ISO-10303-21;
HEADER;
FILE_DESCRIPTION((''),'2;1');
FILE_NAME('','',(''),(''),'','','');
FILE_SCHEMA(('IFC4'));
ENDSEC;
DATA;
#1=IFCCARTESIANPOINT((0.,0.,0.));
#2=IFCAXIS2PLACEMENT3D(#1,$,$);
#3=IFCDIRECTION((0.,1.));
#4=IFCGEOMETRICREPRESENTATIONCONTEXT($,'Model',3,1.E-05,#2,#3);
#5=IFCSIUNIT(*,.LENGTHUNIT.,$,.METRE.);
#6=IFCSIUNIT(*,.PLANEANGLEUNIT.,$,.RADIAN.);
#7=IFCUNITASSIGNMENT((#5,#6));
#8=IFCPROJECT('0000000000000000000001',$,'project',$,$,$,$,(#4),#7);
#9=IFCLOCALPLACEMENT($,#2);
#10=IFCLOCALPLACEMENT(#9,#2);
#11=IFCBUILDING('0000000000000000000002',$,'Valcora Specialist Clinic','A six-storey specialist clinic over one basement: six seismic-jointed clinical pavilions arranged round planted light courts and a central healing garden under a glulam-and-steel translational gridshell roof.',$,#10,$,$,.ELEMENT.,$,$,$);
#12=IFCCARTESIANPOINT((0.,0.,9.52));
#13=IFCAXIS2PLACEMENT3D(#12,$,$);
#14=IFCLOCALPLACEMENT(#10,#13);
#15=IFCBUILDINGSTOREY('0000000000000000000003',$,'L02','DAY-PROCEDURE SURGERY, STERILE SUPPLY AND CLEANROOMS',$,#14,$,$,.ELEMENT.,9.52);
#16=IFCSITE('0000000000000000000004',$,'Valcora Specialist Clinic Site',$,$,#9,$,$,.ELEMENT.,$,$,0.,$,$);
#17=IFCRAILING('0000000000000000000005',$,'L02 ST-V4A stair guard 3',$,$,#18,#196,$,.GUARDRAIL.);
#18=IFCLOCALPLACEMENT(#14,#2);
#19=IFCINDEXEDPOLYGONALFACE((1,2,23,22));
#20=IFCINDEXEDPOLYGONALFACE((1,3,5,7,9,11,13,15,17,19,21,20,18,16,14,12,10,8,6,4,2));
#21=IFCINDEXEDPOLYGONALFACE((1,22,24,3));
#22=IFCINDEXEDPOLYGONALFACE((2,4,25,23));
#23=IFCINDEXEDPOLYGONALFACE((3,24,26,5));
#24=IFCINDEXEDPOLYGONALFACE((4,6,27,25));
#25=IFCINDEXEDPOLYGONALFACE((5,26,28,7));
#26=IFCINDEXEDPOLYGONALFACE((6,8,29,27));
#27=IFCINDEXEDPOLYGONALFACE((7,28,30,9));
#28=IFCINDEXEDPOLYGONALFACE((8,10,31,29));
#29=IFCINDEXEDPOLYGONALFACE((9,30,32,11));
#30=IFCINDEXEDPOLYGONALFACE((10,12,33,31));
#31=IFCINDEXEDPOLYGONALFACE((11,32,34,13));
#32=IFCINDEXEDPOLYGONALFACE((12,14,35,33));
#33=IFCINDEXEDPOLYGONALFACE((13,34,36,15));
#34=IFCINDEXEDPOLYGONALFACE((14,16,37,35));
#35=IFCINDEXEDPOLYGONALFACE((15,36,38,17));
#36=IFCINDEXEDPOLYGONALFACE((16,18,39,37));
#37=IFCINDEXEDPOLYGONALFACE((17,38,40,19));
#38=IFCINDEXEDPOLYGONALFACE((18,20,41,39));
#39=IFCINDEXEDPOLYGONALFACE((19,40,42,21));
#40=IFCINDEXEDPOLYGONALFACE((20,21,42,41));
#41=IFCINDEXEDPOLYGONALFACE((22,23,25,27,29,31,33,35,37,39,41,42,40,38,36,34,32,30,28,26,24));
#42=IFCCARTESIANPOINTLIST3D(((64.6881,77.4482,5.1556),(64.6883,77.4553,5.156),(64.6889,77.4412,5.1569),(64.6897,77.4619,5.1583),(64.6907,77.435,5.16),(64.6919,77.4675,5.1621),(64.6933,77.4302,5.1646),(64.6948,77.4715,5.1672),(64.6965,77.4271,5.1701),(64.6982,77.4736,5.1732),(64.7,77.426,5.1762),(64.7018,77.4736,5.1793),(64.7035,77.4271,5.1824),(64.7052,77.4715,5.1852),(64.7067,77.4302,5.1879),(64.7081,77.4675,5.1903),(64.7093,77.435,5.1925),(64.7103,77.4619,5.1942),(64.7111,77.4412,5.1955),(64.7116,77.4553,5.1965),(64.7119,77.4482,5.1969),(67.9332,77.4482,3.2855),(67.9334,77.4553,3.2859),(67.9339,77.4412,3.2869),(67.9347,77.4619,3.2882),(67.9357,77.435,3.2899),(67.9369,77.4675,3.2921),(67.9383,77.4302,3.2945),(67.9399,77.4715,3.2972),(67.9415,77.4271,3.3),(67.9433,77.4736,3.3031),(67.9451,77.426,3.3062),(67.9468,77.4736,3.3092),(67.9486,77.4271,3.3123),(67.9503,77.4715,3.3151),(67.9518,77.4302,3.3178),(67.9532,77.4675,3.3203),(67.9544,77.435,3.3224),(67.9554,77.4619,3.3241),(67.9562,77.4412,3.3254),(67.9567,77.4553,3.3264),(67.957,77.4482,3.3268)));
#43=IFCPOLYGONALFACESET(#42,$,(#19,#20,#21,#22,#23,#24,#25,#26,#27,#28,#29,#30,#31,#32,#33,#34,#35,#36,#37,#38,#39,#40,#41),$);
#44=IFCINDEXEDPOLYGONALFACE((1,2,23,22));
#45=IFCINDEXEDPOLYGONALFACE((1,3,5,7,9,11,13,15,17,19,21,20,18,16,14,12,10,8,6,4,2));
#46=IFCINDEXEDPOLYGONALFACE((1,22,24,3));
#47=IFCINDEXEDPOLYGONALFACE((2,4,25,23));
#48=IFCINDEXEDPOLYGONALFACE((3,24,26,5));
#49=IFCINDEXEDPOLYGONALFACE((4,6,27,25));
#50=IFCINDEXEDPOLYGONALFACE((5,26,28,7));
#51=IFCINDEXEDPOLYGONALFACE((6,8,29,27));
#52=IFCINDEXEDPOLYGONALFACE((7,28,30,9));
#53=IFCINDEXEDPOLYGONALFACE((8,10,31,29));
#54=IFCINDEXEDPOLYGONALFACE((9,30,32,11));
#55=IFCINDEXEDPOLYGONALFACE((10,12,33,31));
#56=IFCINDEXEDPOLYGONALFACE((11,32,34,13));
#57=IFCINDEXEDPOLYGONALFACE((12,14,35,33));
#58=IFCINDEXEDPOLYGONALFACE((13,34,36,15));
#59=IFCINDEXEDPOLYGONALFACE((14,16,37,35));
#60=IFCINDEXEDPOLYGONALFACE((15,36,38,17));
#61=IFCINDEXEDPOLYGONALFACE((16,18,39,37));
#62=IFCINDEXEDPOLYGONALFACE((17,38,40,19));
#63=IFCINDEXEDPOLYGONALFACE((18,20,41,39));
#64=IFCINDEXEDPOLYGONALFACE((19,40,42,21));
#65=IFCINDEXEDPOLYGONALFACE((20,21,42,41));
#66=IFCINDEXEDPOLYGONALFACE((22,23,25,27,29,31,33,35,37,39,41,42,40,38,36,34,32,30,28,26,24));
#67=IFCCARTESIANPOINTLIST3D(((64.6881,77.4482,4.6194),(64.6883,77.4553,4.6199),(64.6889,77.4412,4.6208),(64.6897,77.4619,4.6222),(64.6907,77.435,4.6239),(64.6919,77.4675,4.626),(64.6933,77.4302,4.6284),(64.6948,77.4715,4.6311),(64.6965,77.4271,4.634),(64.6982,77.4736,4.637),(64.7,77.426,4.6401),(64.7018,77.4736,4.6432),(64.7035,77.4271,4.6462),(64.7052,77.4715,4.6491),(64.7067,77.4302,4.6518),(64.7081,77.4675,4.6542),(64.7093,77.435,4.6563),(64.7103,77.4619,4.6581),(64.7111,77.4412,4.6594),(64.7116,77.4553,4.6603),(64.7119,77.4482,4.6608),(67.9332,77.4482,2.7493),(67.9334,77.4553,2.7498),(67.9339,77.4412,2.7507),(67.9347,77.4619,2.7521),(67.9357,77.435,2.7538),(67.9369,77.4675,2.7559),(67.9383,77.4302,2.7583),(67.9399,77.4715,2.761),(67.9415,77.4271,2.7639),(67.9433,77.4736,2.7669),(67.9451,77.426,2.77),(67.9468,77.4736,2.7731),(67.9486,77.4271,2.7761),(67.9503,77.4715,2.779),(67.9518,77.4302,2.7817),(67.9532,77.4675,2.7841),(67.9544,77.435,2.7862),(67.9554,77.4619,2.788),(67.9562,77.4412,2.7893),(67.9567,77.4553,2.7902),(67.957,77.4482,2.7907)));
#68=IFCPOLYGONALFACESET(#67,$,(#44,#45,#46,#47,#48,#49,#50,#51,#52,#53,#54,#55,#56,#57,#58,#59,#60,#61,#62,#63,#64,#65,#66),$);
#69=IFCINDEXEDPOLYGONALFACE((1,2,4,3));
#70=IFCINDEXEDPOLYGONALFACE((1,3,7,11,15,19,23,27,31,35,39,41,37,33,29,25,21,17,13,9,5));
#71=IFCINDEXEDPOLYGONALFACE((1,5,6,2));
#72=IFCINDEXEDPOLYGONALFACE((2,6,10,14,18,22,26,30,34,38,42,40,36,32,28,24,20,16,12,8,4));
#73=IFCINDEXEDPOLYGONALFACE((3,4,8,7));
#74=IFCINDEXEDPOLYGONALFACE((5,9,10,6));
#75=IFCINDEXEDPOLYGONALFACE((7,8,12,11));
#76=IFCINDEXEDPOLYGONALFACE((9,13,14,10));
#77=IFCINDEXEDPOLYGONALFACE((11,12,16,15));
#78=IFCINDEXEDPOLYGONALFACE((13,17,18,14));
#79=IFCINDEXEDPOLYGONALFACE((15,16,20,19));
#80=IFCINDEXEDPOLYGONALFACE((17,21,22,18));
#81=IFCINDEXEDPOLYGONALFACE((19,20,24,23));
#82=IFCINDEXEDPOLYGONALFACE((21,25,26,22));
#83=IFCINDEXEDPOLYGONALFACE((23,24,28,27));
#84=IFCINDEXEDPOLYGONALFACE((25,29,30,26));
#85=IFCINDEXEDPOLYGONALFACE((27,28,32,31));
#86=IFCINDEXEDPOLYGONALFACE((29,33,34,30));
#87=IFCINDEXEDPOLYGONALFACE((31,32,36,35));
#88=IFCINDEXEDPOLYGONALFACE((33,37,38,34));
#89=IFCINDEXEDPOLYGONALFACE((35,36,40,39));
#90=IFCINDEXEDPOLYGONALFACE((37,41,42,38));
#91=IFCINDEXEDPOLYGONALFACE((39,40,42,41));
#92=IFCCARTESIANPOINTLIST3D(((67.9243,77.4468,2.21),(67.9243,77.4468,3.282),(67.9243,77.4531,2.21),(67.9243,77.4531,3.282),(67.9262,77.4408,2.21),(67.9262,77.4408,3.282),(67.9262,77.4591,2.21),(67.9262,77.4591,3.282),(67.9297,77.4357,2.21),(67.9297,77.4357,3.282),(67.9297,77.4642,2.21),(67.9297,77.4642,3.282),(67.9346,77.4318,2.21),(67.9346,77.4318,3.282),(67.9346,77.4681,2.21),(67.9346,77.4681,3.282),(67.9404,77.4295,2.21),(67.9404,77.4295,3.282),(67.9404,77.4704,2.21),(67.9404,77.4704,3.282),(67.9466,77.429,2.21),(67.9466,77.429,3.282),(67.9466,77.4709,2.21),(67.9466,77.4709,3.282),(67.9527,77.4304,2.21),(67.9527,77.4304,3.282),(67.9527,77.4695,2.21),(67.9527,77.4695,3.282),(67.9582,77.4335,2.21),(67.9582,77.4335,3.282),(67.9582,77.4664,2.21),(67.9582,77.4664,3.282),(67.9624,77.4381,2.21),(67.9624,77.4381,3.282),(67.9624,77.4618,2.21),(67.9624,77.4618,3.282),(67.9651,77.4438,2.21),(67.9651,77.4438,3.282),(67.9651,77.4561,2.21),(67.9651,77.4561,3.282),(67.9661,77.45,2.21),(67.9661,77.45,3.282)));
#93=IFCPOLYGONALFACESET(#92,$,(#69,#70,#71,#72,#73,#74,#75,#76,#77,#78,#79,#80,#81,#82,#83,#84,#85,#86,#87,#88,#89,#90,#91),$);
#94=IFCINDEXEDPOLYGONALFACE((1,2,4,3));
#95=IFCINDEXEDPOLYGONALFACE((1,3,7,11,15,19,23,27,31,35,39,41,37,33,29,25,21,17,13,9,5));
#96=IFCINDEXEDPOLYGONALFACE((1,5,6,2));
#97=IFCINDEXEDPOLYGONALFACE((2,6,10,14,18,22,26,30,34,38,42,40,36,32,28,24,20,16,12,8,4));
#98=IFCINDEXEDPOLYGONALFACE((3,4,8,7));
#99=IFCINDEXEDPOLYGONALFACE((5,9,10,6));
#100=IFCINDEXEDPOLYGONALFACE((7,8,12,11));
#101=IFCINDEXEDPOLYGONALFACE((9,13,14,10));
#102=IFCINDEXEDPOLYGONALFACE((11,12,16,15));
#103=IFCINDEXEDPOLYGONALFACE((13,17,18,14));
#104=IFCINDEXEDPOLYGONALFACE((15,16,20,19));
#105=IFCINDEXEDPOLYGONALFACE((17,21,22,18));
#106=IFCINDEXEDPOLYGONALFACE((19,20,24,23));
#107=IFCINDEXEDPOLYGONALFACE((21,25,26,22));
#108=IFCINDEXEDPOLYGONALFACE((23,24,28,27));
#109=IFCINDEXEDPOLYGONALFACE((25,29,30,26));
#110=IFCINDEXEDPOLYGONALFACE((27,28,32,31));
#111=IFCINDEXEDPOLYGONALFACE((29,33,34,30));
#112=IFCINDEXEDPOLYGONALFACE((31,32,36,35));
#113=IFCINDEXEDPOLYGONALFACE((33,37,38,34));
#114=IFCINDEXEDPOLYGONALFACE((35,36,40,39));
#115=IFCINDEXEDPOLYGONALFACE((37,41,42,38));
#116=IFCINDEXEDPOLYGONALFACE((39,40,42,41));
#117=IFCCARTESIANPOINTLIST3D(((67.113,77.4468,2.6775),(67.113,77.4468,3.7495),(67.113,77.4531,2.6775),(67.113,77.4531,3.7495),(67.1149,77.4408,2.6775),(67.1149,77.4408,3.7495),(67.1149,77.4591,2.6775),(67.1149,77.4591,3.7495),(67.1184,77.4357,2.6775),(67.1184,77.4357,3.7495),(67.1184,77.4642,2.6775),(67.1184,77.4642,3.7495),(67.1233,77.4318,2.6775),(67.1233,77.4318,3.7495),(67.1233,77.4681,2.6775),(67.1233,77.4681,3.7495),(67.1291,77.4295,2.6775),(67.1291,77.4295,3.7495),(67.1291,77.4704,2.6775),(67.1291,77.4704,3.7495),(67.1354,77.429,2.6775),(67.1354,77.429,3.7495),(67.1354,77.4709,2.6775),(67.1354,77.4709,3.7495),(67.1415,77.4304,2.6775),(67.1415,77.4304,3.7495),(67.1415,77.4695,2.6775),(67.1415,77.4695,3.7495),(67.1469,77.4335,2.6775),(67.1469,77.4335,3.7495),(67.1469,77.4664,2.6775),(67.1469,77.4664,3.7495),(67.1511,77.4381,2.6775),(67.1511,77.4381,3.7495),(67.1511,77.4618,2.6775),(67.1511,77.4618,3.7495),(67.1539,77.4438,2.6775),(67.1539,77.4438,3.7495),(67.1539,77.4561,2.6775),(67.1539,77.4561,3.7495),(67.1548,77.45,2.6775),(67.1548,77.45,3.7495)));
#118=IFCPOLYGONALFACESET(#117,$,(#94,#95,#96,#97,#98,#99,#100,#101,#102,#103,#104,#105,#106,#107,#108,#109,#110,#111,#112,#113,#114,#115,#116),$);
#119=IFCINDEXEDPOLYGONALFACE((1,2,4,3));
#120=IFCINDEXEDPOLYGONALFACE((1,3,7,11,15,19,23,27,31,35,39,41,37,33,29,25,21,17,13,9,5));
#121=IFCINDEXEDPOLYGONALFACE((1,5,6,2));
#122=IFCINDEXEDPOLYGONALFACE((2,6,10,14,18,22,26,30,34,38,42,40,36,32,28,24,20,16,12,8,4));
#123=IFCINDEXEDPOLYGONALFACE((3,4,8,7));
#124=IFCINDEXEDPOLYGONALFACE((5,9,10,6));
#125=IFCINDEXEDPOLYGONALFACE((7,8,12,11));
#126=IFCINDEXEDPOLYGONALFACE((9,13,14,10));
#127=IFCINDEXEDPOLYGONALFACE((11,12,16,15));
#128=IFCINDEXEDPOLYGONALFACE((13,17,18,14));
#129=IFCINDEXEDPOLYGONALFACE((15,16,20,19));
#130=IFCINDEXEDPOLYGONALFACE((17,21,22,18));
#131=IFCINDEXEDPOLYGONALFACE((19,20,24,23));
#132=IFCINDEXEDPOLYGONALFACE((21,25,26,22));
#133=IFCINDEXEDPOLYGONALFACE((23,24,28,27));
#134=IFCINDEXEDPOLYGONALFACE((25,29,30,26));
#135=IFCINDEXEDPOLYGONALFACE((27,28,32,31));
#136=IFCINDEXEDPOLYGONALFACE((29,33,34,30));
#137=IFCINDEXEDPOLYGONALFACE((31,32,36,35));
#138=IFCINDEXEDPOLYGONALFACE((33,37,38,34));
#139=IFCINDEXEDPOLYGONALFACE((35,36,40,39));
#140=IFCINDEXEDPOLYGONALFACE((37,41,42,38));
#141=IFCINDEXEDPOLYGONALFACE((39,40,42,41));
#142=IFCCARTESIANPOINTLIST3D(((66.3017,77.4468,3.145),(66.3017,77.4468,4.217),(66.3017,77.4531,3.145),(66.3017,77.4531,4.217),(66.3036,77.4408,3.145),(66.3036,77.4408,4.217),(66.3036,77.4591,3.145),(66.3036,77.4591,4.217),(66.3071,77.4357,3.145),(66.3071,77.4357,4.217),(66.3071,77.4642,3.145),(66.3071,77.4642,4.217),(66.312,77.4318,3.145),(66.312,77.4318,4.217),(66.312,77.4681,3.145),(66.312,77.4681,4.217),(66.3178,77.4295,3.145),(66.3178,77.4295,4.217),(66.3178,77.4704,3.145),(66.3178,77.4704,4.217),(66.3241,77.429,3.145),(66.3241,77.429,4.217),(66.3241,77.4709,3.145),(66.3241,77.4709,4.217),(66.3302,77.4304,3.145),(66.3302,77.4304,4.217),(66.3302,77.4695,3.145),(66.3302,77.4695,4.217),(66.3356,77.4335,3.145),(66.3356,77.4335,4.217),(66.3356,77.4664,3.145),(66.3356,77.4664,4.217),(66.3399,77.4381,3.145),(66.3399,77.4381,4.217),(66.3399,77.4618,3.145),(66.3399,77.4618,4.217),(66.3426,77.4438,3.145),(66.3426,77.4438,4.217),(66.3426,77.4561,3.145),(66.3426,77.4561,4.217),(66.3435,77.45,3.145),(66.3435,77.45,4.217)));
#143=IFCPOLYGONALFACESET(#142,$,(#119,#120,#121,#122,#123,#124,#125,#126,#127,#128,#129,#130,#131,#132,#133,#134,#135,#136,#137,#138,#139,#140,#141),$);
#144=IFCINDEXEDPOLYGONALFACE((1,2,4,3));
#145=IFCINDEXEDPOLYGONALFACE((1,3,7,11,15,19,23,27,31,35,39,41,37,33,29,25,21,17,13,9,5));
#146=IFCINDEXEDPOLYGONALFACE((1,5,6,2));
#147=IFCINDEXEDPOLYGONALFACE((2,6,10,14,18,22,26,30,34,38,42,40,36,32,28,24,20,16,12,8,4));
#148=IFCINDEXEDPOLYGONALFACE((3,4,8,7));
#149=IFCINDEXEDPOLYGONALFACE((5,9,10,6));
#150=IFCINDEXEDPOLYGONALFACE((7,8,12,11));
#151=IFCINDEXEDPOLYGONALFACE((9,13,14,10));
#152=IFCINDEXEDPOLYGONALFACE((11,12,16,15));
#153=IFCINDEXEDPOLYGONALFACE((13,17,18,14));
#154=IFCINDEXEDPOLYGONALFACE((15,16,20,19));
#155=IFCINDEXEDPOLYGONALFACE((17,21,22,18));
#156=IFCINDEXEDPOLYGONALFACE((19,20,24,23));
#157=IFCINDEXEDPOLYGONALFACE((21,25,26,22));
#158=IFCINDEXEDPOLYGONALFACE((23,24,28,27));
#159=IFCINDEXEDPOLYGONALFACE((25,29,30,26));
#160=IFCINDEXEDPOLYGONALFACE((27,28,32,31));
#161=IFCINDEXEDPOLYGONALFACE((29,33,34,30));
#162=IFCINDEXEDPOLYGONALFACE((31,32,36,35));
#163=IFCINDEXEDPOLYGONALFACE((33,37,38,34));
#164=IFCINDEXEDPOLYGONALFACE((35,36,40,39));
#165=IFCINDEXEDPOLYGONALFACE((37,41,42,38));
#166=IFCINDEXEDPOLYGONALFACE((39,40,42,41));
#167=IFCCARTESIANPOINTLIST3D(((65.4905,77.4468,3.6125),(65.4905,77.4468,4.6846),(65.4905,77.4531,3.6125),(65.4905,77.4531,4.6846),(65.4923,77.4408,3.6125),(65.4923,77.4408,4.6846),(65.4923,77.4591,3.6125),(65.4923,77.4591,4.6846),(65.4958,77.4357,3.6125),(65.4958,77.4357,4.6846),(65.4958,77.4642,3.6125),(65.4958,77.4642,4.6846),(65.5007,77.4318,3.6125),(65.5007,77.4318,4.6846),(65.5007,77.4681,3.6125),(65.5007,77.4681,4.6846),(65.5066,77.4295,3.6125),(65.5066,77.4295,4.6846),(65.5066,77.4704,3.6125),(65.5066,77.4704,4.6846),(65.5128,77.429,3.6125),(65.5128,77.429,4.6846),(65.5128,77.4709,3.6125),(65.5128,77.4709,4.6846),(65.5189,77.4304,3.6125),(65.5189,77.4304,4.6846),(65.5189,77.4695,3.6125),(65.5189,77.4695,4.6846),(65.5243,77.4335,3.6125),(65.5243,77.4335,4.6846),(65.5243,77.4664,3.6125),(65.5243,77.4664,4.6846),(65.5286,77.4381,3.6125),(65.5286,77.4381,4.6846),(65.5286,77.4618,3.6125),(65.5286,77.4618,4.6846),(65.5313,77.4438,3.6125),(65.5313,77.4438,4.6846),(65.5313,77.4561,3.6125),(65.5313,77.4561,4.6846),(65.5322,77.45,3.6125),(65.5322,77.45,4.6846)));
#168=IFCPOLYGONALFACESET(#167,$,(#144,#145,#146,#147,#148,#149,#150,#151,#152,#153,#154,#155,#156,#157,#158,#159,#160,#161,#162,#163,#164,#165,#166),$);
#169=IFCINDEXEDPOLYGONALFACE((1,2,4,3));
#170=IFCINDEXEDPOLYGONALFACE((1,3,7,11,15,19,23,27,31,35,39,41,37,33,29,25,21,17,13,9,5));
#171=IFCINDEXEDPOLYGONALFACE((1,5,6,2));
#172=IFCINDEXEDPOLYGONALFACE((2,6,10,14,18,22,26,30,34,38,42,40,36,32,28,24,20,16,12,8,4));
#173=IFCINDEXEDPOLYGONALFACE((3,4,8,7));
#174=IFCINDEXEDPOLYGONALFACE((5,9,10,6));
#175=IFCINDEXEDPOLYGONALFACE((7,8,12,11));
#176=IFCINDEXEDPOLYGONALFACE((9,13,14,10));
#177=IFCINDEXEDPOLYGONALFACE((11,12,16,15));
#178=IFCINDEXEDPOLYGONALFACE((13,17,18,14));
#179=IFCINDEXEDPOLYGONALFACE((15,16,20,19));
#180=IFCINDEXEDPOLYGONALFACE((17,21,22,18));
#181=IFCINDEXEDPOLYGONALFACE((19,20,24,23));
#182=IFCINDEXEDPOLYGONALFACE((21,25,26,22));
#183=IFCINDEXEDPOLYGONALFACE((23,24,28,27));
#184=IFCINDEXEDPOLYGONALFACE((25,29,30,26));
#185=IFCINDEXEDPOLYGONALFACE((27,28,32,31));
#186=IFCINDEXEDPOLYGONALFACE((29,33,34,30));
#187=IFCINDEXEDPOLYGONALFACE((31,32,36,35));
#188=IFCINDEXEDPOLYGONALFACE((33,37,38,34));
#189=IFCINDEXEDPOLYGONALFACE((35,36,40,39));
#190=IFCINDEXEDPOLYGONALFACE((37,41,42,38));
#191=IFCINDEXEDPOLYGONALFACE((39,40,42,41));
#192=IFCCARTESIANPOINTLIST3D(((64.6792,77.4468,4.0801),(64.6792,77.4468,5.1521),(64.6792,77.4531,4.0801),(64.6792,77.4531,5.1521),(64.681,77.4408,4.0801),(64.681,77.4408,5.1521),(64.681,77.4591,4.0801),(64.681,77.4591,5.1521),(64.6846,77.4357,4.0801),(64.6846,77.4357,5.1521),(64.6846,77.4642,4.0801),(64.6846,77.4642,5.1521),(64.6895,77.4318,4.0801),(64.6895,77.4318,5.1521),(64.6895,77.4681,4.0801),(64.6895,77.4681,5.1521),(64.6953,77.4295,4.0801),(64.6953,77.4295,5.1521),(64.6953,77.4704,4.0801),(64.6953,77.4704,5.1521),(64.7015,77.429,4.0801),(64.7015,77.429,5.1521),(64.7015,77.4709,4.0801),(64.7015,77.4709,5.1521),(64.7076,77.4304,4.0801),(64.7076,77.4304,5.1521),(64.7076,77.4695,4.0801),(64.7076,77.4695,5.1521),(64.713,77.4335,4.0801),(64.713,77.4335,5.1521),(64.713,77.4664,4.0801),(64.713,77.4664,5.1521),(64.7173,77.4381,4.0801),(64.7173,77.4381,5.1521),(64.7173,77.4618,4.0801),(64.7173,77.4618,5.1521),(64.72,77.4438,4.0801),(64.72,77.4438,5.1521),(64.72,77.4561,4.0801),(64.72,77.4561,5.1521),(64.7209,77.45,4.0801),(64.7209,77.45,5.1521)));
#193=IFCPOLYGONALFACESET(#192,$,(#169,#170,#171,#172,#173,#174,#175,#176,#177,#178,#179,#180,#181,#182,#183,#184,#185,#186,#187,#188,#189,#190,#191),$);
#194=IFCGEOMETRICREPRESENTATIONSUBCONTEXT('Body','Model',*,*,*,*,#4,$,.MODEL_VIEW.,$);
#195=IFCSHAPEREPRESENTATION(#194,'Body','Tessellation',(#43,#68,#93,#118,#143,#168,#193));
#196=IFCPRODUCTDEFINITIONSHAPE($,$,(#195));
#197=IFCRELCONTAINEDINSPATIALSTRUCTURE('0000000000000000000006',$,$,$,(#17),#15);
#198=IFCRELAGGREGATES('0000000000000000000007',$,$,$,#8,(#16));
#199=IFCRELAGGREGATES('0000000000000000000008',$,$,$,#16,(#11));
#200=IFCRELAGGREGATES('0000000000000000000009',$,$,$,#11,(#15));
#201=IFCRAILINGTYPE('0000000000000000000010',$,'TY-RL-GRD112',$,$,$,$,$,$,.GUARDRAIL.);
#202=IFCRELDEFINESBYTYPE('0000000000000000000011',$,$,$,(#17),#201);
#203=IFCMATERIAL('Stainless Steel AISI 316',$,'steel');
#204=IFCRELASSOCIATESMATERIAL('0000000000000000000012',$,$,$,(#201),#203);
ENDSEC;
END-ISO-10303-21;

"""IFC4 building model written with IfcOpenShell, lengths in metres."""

from ifc_helpers import new_model, si_unit, direction, frame, origin, origin_2d, place, context, subcontext, project, spatial, circle, extrude, material, type_object, element, save


model = new_model("IFC4")

# Units and contexts
model_context = context("Model", 3, precision=1e-05, world=origin(), true_north=direction((0.0, 1.0)))
body_context = subcontext(model_context, "Body", "Model", "MODEL_VIEW")
ifc_project = project(units=[si_unit("LENGTHUNIT", "METRE"), si_unit("PLANEANGLEUNIT", "RADIAN")], contexts=[model_context])

# Site, building, storey
site_placement = place(None, origin())
site = spatial("IfcSite", under=ifc_project, at=site_placement, Name="Valcora Specialist Clinic Site", CompositionType="ELEMENT", RefElevation=0.0)
building_placement = place(site_placement, origin())
building = spatial("IfcBuilding", under=site, at=building_placement, Name="Valcora Specialist Clinic", Description="A six-storey specialist clinic over one basement: six seismic-jointed clinical pavilions arranged round planted light courts and a central healing garden under a glulam-and-steel translational gridshell roof.", CompositionType="ELEMENT")
storey_placement = place(building_placement, frame((0.0, 0.0, 9.52)))
storey = spatial("IfcBuildingStorey", under=building, at=storey_placement, Name="L02", Description="DAY-PROCEDURE SURGERY, STERILE SUPPLY AND CLEANROOMS", CompositionType="ELEMENT", Elevation=9.52)

# Railing
ifc_material_1 = material(Name="Stainless Steel AISI 316", Category="steel")
railing_type_1 = type_object("IfcRailingType", Name="TY-RL-GRD112", PredefinedType="GUARDRAIL", material=ifc_material_1)
railing_1_placement = place(storey_placement, frame((67.9451, 77.45, 2.21)))
element("IfcRailing", 1, at=railing_1_placement, inside=storey, type_object=railing_type_1, Name="L02 ST-V4A stair guard 3", PredefinedType="GUARDRAIL", context=body_context, shape_type="SweptSolid", body=[
    extrude(circle(Radius=0.0239, at=origin_2d()), frame((0.0, 0.0, 1.0962), z_axis=(-0.866424, 0.0, 0.499309), x_axis=(0.0, -1.0, 0.0)), (0.0, 0.0, 1.0), 3.7454),
    extrude(circle(Radius=0.0239, at=origin_2d()), frame((0.0, 0.0, 0.5601), z_axis=(-0.866424, 0.0, 0.499309), x_axis=(0.0, -1.0, 0.0)), (0.0, 0.0, 1.0), 3.7454),
    extrude(circle(Radius=0.021, at=origin_2d()), origin(), (0.0, 0.0, 1.0), 1.072),
    extrude(circle(Radius=0.021, at=origin_2d()), frame((-0.8113, 0.0, 0.4675)), (0.0, 0.0, 1.0), 1.072),
    extrude(circle(Radius=0.021, at=origin_2d()), frame((-1.6226, 0.0, 0.9351)), (0.0, 0.0, 1.0), 1.072),
    extrude(circle(Radius=0.021, at=origin_2d()), frame((-2.4338, 0.0, 1.4026)), (0.0, 0.0, 1.0), 1.072),
    extrude(circle(Radius=0.021, at=origin_2d()), frame((-3.2451, 0.0, 1.8701)), (0.0, 0.0, 1.0), 1.072),
])

save(model, "model.ifc")
